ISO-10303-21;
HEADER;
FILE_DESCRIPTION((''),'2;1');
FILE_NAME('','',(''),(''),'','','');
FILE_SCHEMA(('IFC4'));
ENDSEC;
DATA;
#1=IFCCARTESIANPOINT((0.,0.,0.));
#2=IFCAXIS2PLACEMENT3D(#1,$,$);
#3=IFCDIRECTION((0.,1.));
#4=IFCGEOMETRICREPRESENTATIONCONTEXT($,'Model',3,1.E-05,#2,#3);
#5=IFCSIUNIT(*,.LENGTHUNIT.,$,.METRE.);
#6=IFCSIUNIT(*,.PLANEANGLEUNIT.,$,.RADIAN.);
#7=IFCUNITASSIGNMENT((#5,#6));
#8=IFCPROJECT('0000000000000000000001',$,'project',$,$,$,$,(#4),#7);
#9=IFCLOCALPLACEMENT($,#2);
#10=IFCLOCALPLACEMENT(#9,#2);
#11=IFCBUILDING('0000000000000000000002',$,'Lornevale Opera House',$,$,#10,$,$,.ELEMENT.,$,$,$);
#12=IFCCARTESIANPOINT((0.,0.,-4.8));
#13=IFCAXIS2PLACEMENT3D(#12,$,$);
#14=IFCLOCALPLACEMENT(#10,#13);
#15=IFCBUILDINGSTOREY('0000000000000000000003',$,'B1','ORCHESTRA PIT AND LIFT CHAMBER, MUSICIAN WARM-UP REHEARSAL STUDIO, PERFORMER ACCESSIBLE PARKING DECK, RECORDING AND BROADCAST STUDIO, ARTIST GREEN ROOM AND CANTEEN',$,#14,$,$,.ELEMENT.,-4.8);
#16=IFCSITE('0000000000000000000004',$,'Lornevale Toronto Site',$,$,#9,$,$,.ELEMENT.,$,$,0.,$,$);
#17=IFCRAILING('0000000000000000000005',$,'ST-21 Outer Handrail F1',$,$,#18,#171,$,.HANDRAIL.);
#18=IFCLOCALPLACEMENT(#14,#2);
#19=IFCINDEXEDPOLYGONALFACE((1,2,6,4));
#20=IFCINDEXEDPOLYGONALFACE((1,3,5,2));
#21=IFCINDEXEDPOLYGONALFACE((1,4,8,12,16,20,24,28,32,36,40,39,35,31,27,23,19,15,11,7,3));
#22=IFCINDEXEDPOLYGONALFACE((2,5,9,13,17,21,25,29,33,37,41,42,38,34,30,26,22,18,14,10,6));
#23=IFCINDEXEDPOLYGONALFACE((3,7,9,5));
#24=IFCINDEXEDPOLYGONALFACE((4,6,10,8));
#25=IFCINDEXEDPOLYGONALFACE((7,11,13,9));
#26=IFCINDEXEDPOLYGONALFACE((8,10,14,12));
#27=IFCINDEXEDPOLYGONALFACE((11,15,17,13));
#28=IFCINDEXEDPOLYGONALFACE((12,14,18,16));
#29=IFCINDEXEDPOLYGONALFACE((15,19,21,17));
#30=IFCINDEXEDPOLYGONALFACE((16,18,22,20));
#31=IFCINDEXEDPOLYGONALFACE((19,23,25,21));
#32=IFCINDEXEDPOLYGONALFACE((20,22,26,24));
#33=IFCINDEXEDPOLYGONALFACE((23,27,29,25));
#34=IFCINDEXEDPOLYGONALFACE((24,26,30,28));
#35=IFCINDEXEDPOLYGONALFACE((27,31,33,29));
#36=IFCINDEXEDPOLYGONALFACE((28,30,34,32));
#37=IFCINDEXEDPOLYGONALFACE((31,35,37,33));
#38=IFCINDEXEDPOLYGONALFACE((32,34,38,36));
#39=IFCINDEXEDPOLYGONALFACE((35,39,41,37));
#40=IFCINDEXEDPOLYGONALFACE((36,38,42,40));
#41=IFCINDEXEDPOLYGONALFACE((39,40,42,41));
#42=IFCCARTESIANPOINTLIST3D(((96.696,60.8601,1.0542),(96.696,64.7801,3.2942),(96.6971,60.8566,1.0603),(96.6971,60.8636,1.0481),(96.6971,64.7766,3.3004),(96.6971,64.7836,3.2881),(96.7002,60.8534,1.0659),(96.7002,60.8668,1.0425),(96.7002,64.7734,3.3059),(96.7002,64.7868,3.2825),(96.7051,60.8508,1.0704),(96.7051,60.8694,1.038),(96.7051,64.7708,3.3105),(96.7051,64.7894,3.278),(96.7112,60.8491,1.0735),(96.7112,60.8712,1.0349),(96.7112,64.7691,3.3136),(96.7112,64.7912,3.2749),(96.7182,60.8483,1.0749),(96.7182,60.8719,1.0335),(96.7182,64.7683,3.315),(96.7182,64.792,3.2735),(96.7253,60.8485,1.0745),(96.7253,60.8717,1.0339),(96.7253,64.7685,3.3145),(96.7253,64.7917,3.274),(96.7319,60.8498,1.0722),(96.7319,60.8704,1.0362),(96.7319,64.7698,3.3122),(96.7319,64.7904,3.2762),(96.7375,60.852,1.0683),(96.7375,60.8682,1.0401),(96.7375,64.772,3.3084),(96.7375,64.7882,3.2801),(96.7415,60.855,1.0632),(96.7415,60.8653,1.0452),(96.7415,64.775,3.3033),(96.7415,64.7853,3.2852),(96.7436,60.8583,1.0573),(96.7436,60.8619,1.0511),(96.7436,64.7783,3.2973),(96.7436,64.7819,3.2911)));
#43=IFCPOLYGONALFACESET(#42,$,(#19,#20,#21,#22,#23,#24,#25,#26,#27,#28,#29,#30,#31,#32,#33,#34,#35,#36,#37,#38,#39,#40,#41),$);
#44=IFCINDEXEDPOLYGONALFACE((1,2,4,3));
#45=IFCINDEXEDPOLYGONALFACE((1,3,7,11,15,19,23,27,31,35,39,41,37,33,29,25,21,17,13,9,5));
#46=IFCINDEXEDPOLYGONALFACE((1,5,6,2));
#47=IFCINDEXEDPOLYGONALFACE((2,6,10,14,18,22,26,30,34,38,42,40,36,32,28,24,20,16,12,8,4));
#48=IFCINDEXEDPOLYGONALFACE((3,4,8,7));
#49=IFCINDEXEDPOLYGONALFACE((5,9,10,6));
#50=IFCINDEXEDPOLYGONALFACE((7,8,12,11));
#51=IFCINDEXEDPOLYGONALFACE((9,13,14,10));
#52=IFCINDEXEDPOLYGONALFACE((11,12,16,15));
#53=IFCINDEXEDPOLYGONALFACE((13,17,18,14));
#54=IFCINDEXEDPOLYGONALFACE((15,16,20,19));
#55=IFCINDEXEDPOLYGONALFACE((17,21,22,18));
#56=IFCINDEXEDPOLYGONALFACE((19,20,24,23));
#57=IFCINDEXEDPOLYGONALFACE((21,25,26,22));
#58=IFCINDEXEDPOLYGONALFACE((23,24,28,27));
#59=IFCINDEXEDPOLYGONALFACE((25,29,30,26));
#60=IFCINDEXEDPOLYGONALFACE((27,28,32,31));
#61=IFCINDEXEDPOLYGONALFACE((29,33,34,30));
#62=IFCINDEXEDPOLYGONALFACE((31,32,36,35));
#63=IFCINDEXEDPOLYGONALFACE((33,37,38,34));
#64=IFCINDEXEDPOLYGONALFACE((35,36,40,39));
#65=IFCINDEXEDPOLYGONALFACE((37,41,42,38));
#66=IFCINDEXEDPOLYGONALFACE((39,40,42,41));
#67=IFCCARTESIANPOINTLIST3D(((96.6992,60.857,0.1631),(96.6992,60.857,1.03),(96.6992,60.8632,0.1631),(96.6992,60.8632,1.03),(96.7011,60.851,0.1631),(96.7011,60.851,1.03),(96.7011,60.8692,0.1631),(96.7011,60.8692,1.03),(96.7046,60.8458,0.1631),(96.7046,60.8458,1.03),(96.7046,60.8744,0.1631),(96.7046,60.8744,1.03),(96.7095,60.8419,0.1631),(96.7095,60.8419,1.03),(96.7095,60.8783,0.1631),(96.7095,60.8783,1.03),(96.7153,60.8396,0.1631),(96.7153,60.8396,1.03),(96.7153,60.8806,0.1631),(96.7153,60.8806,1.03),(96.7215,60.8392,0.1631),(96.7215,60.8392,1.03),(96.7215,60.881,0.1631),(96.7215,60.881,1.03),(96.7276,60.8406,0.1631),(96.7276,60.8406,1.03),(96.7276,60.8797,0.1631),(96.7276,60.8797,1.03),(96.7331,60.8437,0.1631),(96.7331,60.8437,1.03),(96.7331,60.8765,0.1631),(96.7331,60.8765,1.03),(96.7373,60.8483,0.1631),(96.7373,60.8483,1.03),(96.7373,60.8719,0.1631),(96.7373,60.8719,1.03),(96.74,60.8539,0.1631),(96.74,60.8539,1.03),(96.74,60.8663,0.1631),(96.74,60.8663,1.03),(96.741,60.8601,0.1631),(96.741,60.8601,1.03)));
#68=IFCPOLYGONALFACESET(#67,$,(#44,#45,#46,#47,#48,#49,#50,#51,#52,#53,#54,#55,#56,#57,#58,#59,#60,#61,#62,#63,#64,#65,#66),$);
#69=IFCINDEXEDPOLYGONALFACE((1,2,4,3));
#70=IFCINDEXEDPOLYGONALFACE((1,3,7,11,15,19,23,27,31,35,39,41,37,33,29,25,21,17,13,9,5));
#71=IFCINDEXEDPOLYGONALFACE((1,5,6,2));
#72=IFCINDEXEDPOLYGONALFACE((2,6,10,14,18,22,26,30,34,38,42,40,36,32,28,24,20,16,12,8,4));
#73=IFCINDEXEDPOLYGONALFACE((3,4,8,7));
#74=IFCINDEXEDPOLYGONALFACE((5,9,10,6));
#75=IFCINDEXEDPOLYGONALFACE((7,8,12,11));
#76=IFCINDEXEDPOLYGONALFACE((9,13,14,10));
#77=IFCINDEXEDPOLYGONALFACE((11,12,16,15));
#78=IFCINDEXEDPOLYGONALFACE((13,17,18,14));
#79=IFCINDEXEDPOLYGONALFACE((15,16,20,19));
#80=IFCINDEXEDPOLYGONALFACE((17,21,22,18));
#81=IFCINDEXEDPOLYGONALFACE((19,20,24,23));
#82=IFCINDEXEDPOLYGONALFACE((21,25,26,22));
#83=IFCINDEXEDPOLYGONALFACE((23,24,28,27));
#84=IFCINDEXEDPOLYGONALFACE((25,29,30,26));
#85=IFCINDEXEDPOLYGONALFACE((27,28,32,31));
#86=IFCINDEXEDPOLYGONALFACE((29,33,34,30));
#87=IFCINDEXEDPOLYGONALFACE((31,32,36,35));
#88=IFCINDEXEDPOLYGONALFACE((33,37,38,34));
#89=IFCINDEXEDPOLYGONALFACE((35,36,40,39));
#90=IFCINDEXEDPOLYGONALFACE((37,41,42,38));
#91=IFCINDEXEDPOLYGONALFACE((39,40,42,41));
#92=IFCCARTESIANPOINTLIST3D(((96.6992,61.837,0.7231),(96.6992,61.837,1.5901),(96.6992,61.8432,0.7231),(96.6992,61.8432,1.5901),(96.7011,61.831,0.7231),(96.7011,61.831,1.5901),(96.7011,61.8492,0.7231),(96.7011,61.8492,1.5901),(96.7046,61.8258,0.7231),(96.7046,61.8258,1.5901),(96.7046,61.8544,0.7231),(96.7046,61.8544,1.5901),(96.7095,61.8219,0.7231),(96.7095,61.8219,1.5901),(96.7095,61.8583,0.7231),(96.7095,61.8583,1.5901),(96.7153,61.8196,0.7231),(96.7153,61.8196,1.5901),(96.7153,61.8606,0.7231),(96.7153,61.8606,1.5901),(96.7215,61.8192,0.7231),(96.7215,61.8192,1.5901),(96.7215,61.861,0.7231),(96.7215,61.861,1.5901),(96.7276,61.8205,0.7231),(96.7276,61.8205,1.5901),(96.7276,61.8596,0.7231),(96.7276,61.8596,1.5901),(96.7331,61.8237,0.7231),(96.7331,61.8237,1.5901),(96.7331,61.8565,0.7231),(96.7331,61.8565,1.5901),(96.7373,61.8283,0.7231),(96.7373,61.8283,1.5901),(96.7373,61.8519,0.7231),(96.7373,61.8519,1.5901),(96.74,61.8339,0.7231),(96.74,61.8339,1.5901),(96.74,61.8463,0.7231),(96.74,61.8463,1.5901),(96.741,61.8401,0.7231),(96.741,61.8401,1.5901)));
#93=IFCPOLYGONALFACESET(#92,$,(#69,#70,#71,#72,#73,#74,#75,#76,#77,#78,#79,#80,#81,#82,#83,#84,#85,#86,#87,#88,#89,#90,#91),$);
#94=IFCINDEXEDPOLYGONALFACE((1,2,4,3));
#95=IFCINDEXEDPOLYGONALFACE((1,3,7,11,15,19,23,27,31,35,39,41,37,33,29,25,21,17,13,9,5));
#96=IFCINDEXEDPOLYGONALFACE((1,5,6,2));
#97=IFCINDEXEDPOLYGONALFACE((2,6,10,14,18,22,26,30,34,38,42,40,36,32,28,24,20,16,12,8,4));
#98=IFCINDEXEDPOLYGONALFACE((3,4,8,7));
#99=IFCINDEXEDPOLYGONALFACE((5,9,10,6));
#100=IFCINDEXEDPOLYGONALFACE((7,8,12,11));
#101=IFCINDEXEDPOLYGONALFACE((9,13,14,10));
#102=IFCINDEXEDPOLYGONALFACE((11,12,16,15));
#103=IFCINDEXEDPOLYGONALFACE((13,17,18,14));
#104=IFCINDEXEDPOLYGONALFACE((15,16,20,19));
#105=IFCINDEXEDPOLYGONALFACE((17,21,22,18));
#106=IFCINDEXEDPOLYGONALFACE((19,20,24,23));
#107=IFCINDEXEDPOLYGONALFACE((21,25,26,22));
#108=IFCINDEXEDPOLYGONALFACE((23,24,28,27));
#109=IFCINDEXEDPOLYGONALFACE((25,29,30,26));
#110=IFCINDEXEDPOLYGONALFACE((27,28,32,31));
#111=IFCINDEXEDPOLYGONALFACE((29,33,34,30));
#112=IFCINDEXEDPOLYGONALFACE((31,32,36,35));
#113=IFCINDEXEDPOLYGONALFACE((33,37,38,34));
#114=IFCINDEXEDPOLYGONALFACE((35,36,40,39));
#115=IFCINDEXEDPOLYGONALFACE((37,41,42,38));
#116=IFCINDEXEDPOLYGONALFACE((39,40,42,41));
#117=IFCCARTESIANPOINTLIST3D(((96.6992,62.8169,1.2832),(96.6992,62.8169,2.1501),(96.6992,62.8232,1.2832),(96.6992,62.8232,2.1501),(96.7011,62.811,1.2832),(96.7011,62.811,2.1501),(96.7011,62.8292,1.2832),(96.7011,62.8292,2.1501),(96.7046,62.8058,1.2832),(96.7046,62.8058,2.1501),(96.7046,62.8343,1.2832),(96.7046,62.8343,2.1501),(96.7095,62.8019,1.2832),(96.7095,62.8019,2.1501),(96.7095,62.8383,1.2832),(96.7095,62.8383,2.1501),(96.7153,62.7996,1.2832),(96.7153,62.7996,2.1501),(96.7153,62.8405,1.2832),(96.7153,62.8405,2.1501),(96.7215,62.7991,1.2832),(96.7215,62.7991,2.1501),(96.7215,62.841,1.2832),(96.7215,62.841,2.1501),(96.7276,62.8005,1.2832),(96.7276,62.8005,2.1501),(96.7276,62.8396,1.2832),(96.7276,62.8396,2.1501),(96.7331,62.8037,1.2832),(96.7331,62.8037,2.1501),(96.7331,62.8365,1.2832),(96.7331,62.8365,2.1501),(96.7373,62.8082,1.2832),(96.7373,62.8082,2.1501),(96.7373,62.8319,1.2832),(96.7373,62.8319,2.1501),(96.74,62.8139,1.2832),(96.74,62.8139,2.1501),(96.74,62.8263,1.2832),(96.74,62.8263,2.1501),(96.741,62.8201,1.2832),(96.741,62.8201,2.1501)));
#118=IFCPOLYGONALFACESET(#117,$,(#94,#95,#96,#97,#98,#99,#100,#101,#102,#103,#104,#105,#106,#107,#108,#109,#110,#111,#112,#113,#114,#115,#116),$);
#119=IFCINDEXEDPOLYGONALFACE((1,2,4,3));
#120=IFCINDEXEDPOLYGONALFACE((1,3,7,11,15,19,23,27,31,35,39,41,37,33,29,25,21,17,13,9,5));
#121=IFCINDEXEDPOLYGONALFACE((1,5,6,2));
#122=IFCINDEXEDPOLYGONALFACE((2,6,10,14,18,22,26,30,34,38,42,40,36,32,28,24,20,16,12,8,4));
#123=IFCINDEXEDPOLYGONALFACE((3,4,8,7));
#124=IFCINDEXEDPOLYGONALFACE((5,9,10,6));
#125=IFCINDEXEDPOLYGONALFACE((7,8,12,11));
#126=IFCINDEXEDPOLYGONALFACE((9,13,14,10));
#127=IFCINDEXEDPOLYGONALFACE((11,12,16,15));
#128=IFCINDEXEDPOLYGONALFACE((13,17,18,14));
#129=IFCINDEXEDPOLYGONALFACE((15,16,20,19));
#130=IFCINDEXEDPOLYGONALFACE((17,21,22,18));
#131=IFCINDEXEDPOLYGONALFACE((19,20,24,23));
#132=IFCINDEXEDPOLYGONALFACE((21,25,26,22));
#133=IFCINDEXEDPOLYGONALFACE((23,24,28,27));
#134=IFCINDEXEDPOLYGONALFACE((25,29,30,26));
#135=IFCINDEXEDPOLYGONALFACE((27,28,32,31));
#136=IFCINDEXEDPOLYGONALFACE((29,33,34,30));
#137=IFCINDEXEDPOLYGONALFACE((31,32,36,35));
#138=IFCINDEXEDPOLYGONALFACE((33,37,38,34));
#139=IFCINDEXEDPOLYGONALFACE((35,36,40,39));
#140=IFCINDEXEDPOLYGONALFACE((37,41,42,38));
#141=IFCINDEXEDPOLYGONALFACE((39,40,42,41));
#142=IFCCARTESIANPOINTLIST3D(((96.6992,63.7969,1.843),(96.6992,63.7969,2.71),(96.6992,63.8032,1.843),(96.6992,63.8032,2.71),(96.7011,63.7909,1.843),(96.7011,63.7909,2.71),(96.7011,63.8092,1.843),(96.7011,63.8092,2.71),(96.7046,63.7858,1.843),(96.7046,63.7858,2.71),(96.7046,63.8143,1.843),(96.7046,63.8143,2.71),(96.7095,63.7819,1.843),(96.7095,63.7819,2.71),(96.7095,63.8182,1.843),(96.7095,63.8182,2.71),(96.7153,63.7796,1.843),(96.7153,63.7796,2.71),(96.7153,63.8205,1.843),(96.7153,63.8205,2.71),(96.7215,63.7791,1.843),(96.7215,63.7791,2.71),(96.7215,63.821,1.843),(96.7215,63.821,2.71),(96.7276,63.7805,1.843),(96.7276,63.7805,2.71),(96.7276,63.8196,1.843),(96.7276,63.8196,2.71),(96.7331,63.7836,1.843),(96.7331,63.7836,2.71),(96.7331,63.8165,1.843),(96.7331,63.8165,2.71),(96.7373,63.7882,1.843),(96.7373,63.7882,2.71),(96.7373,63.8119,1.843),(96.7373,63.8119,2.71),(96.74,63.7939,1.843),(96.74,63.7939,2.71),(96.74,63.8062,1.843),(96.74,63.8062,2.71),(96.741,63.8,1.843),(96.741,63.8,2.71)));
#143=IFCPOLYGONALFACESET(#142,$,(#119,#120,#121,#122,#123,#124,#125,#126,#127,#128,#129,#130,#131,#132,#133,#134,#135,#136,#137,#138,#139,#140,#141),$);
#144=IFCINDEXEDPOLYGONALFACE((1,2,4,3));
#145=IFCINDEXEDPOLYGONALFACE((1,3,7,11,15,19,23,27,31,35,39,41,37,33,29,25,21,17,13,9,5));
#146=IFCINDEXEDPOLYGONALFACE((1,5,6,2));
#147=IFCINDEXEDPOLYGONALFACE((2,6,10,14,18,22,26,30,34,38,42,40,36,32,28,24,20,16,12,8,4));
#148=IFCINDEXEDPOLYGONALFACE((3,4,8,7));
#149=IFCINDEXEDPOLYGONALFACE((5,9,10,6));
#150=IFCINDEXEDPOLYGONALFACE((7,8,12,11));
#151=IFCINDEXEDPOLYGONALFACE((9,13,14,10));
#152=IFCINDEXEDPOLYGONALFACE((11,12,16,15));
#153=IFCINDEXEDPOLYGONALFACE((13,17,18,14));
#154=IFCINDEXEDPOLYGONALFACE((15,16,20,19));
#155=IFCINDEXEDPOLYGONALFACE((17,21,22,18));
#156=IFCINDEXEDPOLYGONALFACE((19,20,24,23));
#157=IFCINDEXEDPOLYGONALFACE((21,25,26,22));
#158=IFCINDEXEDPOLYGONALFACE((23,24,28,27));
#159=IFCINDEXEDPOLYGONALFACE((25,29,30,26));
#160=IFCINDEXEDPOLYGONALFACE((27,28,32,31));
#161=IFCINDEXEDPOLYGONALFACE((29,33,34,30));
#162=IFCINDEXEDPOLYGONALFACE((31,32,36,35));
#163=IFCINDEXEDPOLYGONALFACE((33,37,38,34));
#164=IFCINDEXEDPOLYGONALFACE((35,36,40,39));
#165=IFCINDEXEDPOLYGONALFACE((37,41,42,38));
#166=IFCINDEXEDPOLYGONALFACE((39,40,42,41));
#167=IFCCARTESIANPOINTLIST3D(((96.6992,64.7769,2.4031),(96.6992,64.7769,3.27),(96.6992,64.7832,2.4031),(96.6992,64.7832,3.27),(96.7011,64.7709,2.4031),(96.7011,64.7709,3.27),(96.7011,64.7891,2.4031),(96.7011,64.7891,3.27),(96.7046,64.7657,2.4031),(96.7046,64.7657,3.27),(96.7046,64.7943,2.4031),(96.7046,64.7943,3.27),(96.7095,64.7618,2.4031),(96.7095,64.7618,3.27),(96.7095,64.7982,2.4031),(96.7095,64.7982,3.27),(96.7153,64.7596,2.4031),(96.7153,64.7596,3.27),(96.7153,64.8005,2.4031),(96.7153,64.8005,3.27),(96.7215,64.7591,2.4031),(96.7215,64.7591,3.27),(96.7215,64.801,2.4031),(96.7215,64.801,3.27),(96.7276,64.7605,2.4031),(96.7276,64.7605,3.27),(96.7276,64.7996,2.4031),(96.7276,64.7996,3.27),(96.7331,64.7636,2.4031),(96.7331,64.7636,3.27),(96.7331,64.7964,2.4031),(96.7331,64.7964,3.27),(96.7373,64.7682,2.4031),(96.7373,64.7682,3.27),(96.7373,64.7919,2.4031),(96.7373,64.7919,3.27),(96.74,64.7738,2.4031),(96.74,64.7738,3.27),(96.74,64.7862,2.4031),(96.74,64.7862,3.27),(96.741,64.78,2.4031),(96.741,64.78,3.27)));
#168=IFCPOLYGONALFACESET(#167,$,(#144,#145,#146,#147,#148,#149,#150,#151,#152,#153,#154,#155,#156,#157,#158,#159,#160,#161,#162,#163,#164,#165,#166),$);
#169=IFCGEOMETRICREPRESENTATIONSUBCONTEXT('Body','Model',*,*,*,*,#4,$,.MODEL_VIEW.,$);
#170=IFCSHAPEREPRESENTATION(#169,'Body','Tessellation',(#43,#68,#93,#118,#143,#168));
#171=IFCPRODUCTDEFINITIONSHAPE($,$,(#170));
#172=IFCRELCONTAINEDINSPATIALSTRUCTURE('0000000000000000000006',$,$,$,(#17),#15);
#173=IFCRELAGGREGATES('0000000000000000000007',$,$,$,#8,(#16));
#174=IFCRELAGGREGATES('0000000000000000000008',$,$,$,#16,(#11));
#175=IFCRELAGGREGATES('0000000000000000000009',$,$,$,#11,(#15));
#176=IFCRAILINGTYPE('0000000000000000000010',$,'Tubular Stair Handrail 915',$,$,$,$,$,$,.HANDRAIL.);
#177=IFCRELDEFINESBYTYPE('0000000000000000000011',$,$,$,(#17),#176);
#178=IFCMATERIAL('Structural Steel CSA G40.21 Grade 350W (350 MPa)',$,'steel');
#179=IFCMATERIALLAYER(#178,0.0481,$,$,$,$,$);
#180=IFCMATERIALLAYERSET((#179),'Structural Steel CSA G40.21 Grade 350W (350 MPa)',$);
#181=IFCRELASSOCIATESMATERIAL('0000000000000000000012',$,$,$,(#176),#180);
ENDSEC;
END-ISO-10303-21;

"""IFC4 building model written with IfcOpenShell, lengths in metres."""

from ifc_helpers import new_model, si_unit, direction, frame, origin, origin_2d, place, context, subcontext, project, spatial, circle, extrude, material, layer, layer_set, type_object, element, save


model = new_model("IFC4")

# Units and contexts
model_context = context("Model", 3, precision=1e-05, world=origin(), true_north=direction((0.0, 1.0)))
body_context = subcontext(model_context, "Body", "Model", "MODEL_VIEW")
ifc_project = project(units=[si_unit("LENGTHUNIT", "METRE"), si_unit("PLANEANGLEUNIT", "RADIAN")], contexts=[model_context])

# Site, building, storey
site_placement = place(None, origin())
site = spatial("IfcSite", under=ifc_project, at=site_placement, Name="Lornevale Toronto Site", CompositionType="ELEMENT", RefElevation=0.0)
building_placement = place(site_placement, origin())
building = spatial("IfcBuilding", under=site, at=building_placement, Name="Lornevale Opera House", CompositionType="ELEMENT")
storey_placement = place(building_placement, frame((0.0, 0.0, -4.8)))
storey = spatial("IfcBuildingStorey", under=building, at=storey_placement, Name="B1", Description="ORCHESTRA PIT AND LIFT CHAMBER, MUSICIAN WARM-UP REHEARSAL STUDIO, PERFORMER ACCESSIBLE PARKING DECK, RECORDING AND BROADCAST STUDIO, ARTIST GREEN ROOM AND CANTEEN", CompositionType="ELEMENT", Elevation=-4.8)

# Railing
ifc_material_1 = material(Name="Structural Steel CSA G40.21 Grade 350W (350 MPa)", Category="steel")
ifc_layer_1 = layer(ifc_material_1, 0.0481)
ifc_layer_set_1 = layer_set([ifc_layer_1], Name="Structural Steel CSA G40.21 Grade 350W (350 MPa)")
railing_type_1 = type_object("IfcRailingType", Name="Tubular Stair Handrail 915", PredefinedType="HANDRAIL", material=ifc_layer_set_1)
railing_1_placement = place(storey_placement, frame((96.72, 60.8601, 0.1631)))
element("IfcRailing", 1, at=railing_1_placement, inside=storey, type_object=railing_type_1, Name="ST-21 Outer Handrail F1", PredefinedType="HANDRAIL", context=body_context, shape_type="SweptSolid", body=[
    extrude(circle(Radius=0.0239, at=origin_2d()), frame((0.0, 0.0, 0.8911), z_axis=(0.0, 0.86824, 0.496145), x_axis=(-1.0, 0.0, 0.0)), (0.0, 0.0, 1.0), 4.5149),
    extrude(circle(Radius=0.021, at=origin_2d()), origin(), (0.0, 0.0, 1.0), 0.8669),
    extrude(circle(Radius=0.021, at=origin_2d()), frame((0.0, 0.98, 0.5601)), (0.0, 0.0, 1.0), 0.8669),
    extrude(circle(Radius=0.021, at=origin_2d()), frame((0.0, 1.96, 1.1201)), (0.0, 0.0, 1.0), 0.8669),
    extrude(circle(Radius=0.021, at=origin_2d()), frame((0.0, 2.9399, 1.6799)), (0.0, 0.0, 1.0), 0.8669),
    extrude(circle(Radius=0.021, at=origin_2d()), frame((0.0, 3.9199, 2.24)), (0.0, 0.0, 1.0), 0.8669),
])

save(model, "model.ifc")
